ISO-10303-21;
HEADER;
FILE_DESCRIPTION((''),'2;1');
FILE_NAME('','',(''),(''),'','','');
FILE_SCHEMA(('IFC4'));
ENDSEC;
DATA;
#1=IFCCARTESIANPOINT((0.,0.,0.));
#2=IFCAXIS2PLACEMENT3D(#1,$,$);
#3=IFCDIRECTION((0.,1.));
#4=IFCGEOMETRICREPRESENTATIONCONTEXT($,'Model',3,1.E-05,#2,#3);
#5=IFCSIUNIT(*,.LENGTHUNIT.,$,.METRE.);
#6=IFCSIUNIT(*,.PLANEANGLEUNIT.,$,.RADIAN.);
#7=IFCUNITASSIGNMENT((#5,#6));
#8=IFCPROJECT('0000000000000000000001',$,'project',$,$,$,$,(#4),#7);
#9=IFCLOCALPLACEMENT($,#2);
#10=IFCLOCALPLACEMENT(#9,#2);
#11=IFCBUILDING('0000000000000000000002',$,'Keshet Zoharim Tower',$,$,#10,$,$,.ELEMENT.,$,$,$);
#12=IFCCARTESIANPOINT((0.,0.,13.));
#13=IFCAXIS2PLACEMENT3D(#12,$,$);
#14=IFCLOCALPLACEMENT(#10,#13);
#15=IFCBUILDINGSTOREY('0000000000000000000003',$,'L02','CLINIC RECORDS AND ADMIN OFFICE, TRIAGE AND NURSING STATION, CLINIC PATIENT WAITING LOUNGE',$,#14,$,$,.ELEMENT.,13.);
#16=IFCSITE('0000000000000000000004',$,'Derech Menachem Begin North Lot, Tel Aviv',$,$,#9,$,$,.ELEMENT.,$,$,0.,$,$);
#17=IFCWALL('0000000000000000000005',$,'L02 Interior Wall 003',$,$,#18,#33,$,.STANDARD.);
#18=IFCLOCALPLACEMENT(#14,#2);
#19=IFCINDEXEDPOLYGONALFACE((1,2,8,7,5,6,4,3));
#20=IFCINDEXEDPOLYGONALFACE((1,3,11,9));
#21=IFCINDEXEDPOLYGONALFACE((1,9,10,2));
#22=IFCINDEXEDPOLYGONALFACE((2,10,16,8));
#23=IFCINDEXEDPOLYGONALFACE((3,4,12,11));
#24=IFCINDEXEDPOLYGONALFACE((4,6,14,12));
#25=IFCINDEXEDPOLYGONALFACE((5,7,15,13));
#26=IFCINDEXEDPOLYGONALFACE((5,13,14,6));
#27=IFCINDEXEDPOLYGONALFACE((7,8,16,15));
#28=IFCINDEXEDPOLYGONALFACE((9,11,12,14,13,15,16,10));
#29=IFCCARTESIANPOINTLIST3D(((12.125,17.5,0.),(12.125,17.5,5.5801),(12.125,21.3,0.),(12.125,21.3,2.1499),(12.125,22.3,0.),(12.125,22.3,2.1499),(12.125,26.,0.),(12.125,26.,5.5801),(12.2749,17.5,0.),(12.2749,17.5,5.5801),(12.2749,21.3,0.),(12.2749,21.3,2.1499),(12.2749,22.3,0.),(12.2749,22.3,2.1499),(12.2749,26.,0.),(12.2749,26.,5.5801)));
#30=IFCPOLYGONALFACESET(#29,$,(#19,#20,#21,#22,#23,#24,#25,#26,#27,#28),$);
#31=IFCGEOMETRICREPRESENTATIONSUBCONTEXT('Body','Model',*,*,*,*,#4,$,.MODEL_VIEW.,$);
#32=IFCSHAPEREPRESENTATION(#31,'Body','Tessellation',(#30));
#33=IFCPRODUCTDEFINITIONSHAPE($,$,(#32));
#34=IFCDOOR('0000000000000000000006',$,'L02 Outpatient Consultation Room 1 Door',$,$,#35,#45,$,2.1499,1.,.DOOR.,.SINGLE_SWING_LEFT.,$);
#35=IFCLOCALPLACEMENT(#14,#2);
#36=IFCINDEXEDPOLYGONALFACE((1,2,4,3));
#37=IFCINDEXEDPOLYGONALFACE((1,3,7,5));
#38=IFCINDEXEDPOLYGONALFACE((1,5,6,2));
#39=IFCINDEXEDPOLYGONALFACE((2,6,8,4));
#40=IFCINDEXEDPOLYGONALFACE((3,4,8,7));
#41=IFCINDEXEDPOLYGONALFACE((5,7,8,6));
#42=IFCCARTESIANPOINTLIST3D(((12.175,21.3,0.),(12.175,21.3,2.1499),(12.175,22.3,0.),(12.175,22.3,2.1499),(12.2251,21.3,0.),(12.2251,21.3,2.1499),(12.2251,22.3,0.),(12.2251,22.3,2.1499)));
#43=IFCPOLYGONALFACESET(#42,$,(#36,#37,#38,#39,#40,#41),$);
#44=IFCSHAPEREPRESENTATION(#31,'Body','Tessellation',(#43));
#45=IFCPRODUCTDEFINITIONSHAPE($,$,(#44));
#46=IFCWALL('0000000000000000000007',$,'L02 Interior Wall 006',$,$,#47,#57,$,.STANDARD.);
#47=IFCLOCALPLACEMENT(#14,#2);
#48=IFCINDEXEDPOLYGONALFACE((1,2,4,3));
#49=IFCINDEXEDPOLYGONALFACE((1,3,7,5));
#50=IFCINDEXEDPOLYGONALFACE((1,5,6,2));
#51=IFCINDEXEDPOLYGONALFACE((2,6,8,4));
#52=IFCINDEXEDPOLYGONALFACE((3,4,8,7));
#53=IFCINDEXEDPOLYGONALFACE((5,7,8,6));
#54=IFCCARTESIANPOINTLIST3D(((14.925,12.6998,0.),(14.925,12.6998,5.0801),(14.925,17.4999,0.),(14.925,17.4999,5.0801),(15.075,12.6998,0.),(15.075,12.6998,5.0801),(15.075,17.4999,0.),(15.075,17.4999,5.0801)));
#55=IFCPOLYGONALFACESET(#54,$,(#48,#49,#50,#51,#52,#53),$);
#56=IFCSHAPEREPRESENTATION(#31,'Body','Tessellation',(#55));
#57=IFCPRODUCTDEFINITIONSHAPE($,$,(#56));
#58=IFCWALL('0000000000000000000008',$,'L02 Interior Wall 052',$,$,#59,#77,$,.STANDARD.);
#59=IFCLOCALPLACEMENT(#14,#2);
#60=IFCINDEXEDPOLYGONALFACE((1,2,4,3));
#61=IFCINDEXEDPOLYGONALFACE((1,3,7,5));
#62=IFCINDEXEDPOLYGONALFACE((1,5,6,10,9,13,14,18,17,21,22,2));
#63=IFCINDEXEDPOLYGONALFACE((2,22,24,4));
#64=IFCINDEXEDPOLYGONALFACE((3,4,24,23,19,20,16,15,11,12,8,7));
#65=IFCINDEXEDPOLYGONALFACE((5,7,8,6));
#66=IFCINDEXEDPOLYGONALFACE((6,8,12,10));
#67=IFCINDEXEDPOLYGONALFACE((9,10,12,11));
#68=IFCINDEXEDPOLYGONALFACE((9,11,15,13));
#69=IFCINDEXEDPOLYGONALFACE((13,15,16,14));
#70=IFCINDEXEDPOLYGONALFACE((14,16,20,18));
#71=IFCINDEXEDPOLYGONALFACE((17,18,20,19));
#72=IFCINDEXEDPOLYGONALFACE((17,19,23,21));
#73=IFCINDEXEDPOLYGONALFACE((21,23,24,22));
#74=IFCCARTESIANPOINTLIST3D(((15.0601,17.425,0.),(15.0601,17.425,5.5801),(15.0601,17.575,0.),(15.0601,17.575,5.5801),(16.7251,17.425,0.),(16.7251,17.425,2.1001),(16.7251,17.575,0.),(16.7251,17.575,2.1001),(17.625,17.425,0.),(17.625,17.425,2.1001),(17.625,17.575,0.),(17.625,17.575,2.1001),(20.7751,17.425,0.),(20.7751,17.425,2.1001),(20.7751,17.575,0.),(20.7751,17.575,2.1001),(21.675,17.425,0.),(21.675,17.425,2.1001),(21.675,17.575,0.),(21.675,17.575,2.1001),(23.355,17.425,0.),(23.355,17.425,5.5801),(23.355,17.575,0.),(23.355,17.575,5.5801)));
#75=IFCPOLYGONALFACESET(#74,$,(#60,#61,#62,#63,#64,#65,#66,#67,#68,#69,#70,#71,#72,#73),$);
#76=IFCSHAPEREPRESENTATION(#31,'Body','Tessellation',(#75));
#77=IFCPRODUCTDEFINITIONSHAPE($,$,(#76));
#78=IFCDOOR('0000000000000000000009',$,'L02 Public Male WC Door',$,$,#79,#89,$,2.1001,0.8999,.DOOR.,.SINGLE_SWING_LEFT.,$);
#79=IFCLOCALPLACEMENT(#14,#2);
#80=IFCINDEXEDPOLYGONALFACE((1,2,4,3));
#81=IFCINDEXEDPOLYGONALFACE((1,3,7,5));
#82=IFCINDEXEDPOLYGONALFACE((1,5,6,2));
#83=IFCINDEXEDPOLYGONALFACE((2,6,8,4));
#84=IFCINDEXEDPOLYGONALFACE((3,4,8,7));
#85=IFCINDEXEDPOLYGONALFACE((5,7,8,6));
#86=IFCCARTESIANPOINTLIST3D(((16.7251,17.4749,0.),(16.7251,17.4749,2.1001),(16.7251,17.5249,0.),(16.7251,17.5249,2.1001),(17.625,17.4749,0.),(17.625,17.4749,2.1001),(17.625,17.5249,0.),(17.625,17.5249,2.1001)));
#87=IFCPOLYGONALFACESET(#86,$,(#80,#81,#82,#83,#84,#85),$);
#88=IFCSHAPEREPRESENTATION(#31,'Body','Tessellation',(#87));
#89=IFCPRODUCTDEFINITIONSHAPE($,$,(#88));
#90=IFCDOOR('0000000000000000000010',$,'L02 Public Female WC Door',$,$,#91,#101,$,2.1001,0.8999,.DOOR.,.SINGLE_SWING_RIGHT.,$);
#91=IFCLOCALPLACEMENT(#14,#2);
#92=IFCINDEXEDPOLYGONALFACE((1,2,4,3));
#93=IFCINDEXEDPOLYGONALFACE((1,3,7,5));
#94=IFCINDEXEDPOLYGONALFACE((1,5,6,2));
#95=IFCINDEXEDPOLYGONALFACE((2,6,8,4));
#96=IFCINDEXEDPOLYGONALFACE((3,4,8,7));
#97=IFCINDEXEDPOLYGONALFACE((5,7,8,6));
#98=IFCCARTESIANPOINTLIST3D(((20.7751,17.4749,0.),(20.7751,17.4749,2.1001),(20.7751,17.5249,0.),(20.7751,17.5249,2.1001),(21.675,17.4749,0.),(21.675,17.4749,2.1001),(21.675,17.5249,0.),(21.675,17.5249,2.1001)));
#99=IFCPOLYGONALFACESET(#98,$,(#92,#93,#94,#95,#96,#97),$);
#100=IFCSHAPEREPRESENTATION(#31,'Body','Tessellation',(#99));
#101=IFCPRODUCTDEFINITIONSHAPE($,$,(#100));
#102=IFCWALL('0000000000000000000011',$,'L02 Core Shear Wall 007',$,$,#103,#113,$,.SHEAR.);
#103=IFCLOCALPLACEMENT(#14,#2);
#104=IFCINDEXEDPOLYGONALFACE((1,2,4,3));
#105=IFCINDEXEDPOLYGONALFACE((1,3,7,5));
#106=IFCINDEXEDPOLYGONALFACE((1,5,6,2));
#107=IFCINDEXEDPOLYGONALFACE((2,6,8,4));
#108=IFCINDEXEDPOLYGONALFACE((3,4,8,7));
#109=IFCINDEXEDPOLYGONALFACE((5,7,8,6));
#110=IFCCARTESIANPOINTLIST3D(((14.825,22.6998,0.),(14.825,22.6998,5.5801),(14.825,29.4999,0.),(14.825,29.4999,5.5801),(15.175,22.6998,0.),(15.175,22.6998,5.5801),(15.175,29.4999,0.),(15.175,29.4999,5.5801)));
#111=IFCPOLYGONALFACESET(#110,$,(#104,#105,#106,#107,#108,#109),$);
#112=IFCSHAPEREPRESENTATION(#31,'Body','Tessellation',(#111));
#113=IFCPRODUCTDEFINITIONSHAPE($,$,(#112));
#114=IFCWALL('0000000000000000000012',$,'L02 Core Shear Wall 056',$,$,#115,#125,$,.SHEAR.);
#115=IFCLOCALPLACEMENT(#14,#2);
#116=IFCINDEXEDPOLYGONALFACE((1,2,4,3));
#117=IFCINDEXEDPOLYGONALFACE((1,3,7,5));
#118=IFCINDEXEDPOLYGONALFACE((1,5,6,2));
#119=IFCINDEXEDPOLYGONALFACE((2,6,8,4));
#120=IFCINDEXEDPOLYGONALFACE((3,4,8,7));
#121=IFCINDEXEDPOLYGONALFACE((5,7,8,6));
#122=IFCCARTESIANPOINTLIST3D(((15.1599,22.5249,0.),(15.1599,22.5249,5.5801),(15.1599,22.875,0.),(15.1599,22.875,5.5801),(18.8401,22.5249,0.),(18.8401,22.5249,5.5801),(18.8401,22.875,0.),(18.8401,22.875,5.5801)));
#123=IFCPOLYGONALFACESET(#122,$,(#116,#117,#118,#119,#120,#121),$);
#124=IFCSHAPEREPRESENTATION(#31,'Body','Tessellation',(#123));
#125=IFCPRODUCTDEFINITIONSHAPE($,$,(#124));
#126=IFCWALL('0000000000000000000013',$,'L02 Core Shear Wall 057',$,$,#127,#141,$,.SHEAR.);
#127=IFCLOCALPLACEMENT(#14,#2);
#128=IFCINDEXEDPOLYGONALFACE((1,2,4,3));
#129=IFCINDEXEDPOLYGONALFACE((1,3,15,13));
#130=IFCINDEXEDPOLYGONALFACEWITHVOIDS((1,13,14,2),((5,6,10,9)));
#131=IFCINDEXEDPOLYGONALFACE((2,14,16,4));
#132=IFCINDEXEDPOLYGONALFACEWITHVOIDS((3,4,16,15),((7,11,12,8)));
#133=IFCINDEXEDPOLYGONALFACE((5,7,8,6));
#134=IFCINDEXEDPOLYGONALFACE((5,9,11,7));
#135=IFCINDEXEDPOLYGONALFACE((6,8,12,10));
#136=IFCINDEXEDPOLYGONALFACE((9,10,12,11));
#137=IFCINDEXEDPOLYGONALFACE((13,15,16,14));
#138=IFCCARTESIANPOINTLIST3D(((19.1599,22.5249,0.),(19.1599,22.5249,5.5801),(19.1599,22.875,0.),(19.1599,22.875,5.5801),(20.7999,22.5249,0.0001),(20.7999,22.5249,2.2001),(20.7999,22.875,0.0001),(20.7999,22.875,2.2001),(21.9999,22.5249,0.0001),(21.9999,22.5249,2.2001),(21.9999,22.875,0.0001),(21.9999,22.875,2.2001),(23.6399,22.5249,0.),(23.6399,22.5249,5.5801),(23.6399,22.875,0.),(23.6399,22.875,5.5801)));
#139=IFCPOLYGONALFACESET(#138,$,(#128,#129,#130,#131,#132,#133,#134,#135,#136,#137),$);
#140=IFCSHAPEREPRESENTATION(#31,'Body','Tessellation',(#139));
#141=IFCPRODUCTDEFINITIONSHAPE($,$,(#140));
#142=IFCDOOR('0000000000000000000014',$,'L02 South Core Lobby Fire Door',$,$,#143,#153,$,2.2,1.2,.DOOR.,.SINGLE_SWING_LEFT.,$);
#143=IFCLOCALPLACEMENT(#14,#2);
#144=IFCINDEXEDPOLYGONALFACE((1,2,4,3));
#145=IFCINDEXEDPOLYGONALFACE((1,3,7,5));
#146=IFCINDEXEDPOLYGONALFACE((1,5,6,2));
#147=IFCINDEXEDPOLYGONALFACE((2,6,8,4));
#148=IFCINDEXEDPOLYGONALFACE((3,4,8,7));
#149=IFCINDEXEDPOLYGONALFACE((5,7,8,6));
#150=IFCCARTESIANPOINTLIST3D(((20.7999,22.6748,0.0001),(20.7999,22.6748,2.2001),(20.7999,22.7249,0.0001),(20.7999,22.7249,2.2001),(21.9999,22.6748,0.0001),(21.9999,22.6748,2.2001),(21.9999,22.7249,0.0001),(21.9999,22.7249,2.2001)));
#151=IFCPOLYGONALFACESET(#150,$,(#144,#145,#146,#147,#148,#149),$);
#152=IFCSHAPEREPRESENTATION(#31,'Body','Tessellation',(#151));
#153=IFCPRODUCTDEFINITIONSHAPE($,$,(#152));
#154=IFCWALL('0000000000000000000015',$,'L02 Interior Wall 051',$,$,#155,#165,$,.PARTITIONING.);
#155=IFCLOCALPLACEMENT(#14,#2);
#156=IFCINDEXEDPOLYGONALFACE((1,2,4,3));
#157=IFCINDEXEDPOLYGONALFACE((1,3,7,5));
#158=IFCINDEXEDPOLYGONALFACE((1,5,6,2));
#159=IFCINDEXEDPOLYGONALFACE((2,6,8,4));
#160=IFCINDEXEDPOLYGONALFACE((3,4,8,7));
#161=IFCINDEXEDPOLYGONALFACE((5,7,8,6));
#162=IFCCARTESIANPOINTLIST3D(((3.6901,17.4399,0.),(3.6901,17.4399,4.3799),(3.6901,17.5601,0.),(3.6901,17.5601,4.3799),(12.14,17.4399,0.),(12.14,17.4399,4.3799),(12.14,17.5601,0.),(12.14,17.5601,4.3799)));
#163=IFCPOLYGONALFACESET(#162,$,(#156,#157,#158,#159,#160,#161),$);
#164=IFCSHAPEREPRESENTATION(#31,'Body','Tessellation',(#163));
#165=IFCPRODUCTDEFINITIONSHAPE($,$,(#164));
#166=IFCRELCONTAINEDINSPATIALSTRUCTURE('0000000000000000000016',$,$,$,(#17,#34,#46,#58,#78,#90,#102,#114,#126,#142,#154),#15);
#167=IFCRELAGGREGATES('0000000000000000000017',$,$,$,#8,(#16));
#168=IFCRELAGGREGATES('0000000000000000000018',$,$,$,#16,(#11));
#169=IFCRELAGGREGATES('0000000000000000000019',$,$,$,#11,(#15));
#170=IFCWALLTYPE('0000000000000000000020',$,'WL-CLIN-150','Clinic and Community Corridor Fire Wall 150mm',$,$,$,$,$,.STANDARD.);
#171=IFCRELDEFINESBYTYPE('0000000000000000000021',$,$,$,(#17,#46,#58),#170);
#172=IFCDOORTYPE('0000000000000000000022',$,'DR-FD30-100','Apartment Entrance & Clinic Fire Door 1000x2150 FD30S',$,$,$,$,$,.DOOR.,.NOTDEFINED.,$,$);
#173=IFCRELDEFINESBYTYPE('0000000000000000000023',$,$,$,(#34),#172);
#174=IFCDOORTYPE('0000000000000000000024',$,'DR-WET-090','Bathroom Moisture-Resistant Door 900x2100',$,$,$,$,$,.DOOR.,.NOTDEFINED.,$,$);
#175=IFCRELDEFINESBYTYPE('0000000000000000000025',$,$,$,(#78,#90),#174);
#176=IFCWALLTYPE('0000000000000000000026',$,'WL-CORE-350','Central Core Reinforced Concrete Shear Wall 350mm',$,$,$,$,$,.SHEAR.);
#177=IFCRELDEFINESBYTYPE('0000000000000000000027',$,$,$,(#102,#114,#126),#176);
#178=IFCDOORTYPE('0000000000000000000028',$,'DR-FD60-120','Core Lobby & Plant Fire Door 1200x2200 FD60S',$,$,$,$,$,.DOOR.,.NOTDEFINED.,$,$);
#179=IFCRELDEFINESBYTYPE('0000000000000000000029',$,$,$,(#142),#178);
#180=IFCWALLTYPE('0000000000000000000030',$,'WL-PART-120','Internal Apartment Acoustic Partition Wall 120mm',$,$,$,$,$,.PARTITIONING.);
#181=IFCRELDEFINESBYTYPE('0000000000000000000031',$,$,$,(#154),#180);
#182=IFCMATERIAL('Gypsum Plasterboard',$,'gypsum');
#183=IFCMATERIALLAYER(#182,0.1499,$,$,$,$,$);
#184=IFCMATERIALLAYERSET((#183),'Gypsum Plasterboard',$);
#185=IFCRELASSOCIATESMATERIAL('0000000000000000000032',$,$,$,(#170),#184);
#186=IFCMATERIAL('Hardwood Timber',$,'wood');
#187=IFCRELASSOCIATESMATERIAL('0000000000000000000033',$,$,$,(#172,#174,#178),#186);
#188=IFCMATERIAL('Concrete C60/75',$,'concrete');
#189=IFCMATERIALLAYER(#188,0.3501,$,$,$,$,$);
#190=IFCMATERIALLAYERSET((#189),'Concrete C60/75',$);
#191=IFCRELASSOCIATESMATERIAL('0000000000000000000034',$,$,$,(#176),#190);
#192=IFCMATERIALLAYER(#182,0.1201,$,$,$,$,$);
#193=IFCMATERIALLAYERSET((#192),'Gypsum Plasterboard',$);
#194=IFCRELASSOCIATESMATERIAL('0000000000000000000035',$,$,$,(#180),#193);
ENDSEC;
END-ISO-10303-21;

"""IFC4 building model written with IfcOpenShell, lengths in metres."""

from ifc_helpers import new_model, si_unit, direction, frame, frame_2d, origin, place, context, subcontext, project, spatial, rectangle, extrude, material, layer, layer_set, type_object, element, fill, save


model = new_model("IFC4")

# Units and contexts
model_context = context("Model", 3, precision=1e-05, world=origin(), true_north=direction((0.0, 1.0)))
body_context = subcontext(model_context, "Body", "Model", "MODEL_VIEW")
ifc_project = project(units=[si_unit("LENGTHUNIT", "METRE"), si_unit("PLANEANGLEUNIT", "RADIAN")], contexts=[model_context])

# Site, building, storey
site_placement = place(None, origin())
site = spatial("IfcSite", under=ifc_project, at=site_placement, Name="Derech Menachem Begin North Lot, Tel Aviv", CompositionType="ELEMENT", RefElevation=0.0)
building_placement = place(site_placement, origin())
building = spatial("IfcBuilding", under=site, at=building_placement, Name="Keshet Zoharim Tower", CompositionType="ELEMENT")
storey_placement = place(building_placement, frame((0.0, 0.0, 13.0)))
storey = spatial("IfcBuildingStorey", under=building, at=storey_placement, Name="L02", Description="CLINIC RECORDS AND ADMIN OFFICE, TRIAGE AND NURSING STATION, CLINIC PATIENT WAITING LOUNGE", CompositionType="ELEMENT", Elevation=13.0)

# Shared definitions
ifc_material_1 = material(Name="Concrete C60/75", Category="concrete")

# Wall, opening, door
ifc_material_2 = material(Name="Gypsum Plasterboard", Category="gypsum")
ifc_layer_1 = layer(ifc_material_2, 0.1499)
ifc_layer_set_1 = layer_set([ifc_layer_1], Name="Gypsum Plasterboard")
wall_type_1 = type_object("IfcWallType", Name="WL-CLIN-150", Description="Clinic and Community Corridor Fire Wall 150mm", PredefinedType="STANDARD", material=ifc_layer_set_1)
wall_1_placement = place(storey_placement, frame((12.2, 17.5, 0.0), z_axis=(0.0, 0.0, 1.0), x_axis=(0.0, 1.0, 0.0)))
wall_1 = element("IfcWall", 1, at=wall_1_placement, inside=storey, type_object=wall_type_1, Name="L02 Interior Wall 003", PredefinedType="STANDARD", context=body_context, shape_type="SweptSolid", body=[
    extrude(rectangle(XDim=8.5, YDim=0.1499, at=frame_2d((4.25, 0.0))), origin(), (0.0, 0.0, 1.0), 5.5801),
])
opening_1_placement = place(wall_1_placement, frame((3.8, 0.0, 0.0)))
opening_1 = element("IfcOpeningElement", 2, at=opening_1_placement, cuts=wall_1, PredefinedType="OPENING", context=body_context, shape_type="SweptSolid", body=[
    extrude(rectangle(XDim=1.0, YDim=2.1499, at=frame_2d((0.5, 1.075))), frame((0.0, 0.085, 0.0), z_axis=(0.0, -1.0, 0.0), x_axis=(1.0, 0.0, 0.0)), (0.0, 0.0, 1.0), 0.1699),
])
ifc_material_3 = material(Name="Hardwood Timber", Category="wood")
door_type_1 = type_object("IfcDoorType", Name="DR-FD30-100", Description="Apartment Entrance & Clinic Fire Door 1000x2150 FD30S", OperationType="NOTDEFINED", PredefinedType="DOOR", material=ifc_material_3)
door_1_placement = place(opening_1_placement, origin())
door_1 = element("IfcDoor", 3, at=door_1_placement, inside=storey, type_object=door_type_1, Name="L02 Outpatient Consultation Room 1 Door", OperationType="SINGLE_SWING_LEFT", OverallHeight=2.1499, OverallWidth=1.0, PredefinedType="DOOR", context=body_context, shape_type="SweptSolid", body=[
    extrude(rectangle(XDim=1.0, YDim=2.1499, at=frame_2d((0.5, 1.075))), frame((0.0, 0.0249, 0.0), z_axis=(0.0, -1.0, 0.0), x_axis=(1.0, 0.0, 0.0)), (0.0, 0.0, 1.0), 0.05),
])
fill(opening_1, door_1)

# Wall
wall_2_placement = place(storey_placement, frame((15.0, 12.7, 0.0), z_axis=(0.0, 0.0, 1.0), x_axis=(0.0, 1.0, 0.0)))
element("IfcWall", 4, at=wall_2_placement, inside=storey, type_object=wall_type_1, Name="L02 Interior Wall 006", PredefinedType="STANDARD", context=body_context, shape_type="SweptSolid", body=[
    extrude(rectangle(XDim=4.8, YDim=0.1499, at=frame_2d((2.3999, 0.0))), origin(), (0.0, 0.0, 1.0), 5.0801),
])

# Wall, openings, doors
wall_3_placement = place(storey_placement, frame((15.0601, 17.5, 0.0), z_axis=(0.0, 0.0, 1.0), x_axis=(1.0, 0.0, 0.0)))
wall_3 = element("IfcWall", 5, at=wall_3_placement, inside=storey, type_object=wall_type_1, Name="L02 Interior Wall 052", PredefinedType="STANDARD", context=body_context, shape_type="SweptSolid", body=[
    extrude(rectangle(XDim=8.2949, YDim=0.1499, at=frame_2d((4.1475, 0.0))), origin(), (0.0, 0.0, 1.0), 5.5801),
])
opening_2_placement = place(wall_3_placement, frame((1.665, 0.0, 0.0)))
opening_2 = element("IfcOpeningElement", 6, at=opening_2_placement, cuts=wall_3, PredefinedType="OPENING", context=body_context, shape_type="SweptSolid", body=[
    extrude(rectangle(XDim=0.8999, YDim=2.1001, at=frame_2d((0.45, 1.05))), frame((0.0, 0.085, 0.0), z_axis=(0.0, -1.0, 0.0), x_axis=(1.0, 0.0, 0.0)), (0.0, 0.0, 1.0), 0.1699),
])
opening_3_placement = place(wall_3_placement, frame((5.7151, 0.0, 0.0)))
opening_3 = element("IfcOpeningElement", 7, at=opening_3_placement, cuts=wall_3, PredefinedType="OPENING", context=body_context, shape_type="SweptSolid", body=[
    extrude(rectangle(XDim=0.8999, YDim=2.1001, at=frame_2d((0.45, 1.05))), frame((0.0, 0.085, 0.0), z_axis=(0.0, -1.0, 0.0), x_axis=(1.0, 0.0, 0.0)), (0.0, 0.0, 1.0), 0.1699),
])
door_type_2 = type_object("IfcDoorType", Name="DR-WET-090", Description="Bathroom Moisture-Resistant Door 900x2100", OperationType="NOTDEFINED", PredefinedType="DOOR", material=ifc_material_3)
door_2_placement = place(opening_2_placement, origin())
door_2 = element("IfcDoor", 8, at=door_2_placement, inside=storey, type_object=door_type_2, Name="L02 Public Male WC Door", OperationType="SINGLE_SWING_LEFT", OverallHeight=2.1001, OverallWidth=0.8999, PredefinedType="DOOR", context=body_context, shape_type="SweptSolid", body=[
    extrude(rectangle(XDim=0.8999, YDim=2.1001, at=frame_2d((0.45, 1.05))), frame((0.0, 0.0249, 0.0), z_axis=(0.0, -1.0, 0.0), x_axis=(1.0, 0.0, 0.0)), (0.0, 0.0, 1.0), 0.05),
])
fill(opening_2, door_2)
door_3_placement = place(opening_3_placement, origin())
door_3 = element("IfcDoor", 9, at=door_3_placement, inside=storey, type_object=door_type_2, Name="L02 Public Female WC Door", OperationType="SINGLE_SWING_RIGHT", OverallHeight=2.1001, OverallWidth=0.8999, PredefinedType="DOOR", context=body_context, shape_type="SweptSolid", body=[
    extrude(rectangle(XDim=0.8999, YDim=2.1001, at=frame_2d((0.45, 1.05))), frame((0.0, 0.0249, 0.0), z_axis=(0.0, -1.0, 0.0), x_axis=(1.0, 0.0, 0.0)), (0.0, 0.0, 1.0), 0.05),
])
fill(opening_3, door_3)

# Wall
ifc_layer_2 = layer(ifc_material_1, 0.3501)
ifc_layer_set_2 = layer_set([ifc_layer_2], Name="Concrete C60/75")
wall_type_2 = type_object("IfcWallType", Name="WL-CORE-350", Description="Central Core Reinforced Concrete Shear Wall 350mm", PredefinedType="SHEAR", material=ifc_layer_set_2)
wall_4_placement = place(storey_placement, frame((15.0, 22.7, 0.0), z_axis=(0.0, 0.0, 1.0), x_axis=(0.0, 1.0, 0.0)))
element("IfcWall", 10, at=wall_4_placement, inside=storey, type_object=wall_type_2, Name="L02 Core Shear Wall 007", PredefinedType="SHEAR", context=body_context, shape_type="SweptSolid", body=[
    extrude(rectangle(XDim=6.8, YDim=0.3501, at=frame_2d((3.3999, 0.0))), origin(), (0.0, 0.0, 1.0), 5.5801),
])

# Wall
wall_5_placement = place(storey_placement, frame((15.1599, 22.7, 0.0), z_axis=(0.0, 0.0, 1.0), x_axis=(1.0, 0.0, 0.0)))
element("IfcWall", 11, at=wall_5_placement, inside=storey, type_object=wall_type_2, Name="L02 Core Shear Wall 056", PredefinedType="SHEAR", context=body_context, shape_type="SweptSolid", body=[
    extrude(rectangle(XDim=3.6802, YDim=0.3501, at=frame_2d((1.8401, 0.0))), origin(), (0.0, 0.0, 1.0), 5.5801),
])

# Wall, opening, door
wall_6_placement = place(storey_placement, frame((19.1599, 22.7, 0.0), z_axis=(0.0, 0.0, 1.0), x_axis=(1.0, 0.0, 0.0)))
wall_6 = element("IfcWall", 12, at=wall_6_placement, inside=storey, type_object=wall_type_2, Name="L02 Core Shear Wall 057", PredefinedType="SHEAR", context=body_context, shape_type="SweptSolid", body=[
    extrude(rectangle(XDim=4.48, YDim=0.3501, at=frame_2d((2.24, 0.0))), origin(), (0.0, 0.0, 1.0), 5.5801),
])
opening_4_placement = place(wall_6_placement, frame((1.6399, 0.0, 0.0)))
opening_4 = element("IfcOpeningElement", 13, at=opening_4_placement, cuts=wall_6, PredefinedType="OPENING", context=body_context, shape_type="SweptSolid", body=[
    extrude(rectangle(XDim=1.2, YDim=2.2, at=frame_2d((0.6001, 1.1001))), frame((0.0, 0.1851, 0.0), z_axis=(0.0, -1.0, 0.0), x_axis=(1.0, 0.0, 0.0)), (0.0, 0.0, 1.0), 0.3701),
])
door_type_3 = type_object("IfcDoorType", Name="DR-FD60-120", Description="Core Lobby & Plant Fire Door 1200x2200 FD60S", OperationType="NOTDEFINED", PredefinedType="DOOR", material=ifc_material_3)
door_4_placement = place(opening_4_placement, origin())
door_4 = element("IfcDoor", 14, at=door_4_placement, inside=storey, type_object=door_type_3, Name="L02 South Core Lobby Fire Door", OperationType="SINGLE_SWING_LEFT", OverallHeight=2.2, OverallWidth=1.2, PredefinedType="DOOR", context=body_context, shape_type="SweptSolid", body=[
    extrude(rectangle(XDim=1.2, YDim=2.2, at=frame_2d((0.6001, 1.1001))), frame((0.0, 0.0249, 0.0), z_axis=(0.0, -1.0, 0.0), x_axis=(1.0, 0.0, 0.0)), (0.0, 0.0, 1.0), 0.05),
])
fill(opening_4, door_4)

# Wall
ifc_layer_3 = layer(ifc_material_2, 0.1201)
ifc_layer_set_3 = layer_set([ifc_layer_3], Name="Gypsum Plasterboard")
wall_type_3 = type_object("IfcWallType", Name="WL-PART-120", Description="Internal Apartment Acoustic Partition Wall 120mm", PredefinedType="PARTITIONING", material=ifc_layer_set_3)
wall_7_placement = place(storey_placement, frame((3.6899, 17.5, 0.0), z_axis=(0.0, 0.0, 1.0), x_axis=(1.0, 0.0, 0.0)))
element("IfcWall", 15, at=wall_7_placement, inside=storey, type_object=wall_type_3, Name="L02 Interior Wall 051", PredefinedType="PARTITIONING", context=body_context, shape_type="SweptSolid", body=[
    extrude(rectangle(XDim=8.45, YDim=0.1201, at=frame_2d((4.2251, 0.0))), origin(), (0.0, 0.0, 1.0), 4.3799),
])

save(model, "model.ifc")
